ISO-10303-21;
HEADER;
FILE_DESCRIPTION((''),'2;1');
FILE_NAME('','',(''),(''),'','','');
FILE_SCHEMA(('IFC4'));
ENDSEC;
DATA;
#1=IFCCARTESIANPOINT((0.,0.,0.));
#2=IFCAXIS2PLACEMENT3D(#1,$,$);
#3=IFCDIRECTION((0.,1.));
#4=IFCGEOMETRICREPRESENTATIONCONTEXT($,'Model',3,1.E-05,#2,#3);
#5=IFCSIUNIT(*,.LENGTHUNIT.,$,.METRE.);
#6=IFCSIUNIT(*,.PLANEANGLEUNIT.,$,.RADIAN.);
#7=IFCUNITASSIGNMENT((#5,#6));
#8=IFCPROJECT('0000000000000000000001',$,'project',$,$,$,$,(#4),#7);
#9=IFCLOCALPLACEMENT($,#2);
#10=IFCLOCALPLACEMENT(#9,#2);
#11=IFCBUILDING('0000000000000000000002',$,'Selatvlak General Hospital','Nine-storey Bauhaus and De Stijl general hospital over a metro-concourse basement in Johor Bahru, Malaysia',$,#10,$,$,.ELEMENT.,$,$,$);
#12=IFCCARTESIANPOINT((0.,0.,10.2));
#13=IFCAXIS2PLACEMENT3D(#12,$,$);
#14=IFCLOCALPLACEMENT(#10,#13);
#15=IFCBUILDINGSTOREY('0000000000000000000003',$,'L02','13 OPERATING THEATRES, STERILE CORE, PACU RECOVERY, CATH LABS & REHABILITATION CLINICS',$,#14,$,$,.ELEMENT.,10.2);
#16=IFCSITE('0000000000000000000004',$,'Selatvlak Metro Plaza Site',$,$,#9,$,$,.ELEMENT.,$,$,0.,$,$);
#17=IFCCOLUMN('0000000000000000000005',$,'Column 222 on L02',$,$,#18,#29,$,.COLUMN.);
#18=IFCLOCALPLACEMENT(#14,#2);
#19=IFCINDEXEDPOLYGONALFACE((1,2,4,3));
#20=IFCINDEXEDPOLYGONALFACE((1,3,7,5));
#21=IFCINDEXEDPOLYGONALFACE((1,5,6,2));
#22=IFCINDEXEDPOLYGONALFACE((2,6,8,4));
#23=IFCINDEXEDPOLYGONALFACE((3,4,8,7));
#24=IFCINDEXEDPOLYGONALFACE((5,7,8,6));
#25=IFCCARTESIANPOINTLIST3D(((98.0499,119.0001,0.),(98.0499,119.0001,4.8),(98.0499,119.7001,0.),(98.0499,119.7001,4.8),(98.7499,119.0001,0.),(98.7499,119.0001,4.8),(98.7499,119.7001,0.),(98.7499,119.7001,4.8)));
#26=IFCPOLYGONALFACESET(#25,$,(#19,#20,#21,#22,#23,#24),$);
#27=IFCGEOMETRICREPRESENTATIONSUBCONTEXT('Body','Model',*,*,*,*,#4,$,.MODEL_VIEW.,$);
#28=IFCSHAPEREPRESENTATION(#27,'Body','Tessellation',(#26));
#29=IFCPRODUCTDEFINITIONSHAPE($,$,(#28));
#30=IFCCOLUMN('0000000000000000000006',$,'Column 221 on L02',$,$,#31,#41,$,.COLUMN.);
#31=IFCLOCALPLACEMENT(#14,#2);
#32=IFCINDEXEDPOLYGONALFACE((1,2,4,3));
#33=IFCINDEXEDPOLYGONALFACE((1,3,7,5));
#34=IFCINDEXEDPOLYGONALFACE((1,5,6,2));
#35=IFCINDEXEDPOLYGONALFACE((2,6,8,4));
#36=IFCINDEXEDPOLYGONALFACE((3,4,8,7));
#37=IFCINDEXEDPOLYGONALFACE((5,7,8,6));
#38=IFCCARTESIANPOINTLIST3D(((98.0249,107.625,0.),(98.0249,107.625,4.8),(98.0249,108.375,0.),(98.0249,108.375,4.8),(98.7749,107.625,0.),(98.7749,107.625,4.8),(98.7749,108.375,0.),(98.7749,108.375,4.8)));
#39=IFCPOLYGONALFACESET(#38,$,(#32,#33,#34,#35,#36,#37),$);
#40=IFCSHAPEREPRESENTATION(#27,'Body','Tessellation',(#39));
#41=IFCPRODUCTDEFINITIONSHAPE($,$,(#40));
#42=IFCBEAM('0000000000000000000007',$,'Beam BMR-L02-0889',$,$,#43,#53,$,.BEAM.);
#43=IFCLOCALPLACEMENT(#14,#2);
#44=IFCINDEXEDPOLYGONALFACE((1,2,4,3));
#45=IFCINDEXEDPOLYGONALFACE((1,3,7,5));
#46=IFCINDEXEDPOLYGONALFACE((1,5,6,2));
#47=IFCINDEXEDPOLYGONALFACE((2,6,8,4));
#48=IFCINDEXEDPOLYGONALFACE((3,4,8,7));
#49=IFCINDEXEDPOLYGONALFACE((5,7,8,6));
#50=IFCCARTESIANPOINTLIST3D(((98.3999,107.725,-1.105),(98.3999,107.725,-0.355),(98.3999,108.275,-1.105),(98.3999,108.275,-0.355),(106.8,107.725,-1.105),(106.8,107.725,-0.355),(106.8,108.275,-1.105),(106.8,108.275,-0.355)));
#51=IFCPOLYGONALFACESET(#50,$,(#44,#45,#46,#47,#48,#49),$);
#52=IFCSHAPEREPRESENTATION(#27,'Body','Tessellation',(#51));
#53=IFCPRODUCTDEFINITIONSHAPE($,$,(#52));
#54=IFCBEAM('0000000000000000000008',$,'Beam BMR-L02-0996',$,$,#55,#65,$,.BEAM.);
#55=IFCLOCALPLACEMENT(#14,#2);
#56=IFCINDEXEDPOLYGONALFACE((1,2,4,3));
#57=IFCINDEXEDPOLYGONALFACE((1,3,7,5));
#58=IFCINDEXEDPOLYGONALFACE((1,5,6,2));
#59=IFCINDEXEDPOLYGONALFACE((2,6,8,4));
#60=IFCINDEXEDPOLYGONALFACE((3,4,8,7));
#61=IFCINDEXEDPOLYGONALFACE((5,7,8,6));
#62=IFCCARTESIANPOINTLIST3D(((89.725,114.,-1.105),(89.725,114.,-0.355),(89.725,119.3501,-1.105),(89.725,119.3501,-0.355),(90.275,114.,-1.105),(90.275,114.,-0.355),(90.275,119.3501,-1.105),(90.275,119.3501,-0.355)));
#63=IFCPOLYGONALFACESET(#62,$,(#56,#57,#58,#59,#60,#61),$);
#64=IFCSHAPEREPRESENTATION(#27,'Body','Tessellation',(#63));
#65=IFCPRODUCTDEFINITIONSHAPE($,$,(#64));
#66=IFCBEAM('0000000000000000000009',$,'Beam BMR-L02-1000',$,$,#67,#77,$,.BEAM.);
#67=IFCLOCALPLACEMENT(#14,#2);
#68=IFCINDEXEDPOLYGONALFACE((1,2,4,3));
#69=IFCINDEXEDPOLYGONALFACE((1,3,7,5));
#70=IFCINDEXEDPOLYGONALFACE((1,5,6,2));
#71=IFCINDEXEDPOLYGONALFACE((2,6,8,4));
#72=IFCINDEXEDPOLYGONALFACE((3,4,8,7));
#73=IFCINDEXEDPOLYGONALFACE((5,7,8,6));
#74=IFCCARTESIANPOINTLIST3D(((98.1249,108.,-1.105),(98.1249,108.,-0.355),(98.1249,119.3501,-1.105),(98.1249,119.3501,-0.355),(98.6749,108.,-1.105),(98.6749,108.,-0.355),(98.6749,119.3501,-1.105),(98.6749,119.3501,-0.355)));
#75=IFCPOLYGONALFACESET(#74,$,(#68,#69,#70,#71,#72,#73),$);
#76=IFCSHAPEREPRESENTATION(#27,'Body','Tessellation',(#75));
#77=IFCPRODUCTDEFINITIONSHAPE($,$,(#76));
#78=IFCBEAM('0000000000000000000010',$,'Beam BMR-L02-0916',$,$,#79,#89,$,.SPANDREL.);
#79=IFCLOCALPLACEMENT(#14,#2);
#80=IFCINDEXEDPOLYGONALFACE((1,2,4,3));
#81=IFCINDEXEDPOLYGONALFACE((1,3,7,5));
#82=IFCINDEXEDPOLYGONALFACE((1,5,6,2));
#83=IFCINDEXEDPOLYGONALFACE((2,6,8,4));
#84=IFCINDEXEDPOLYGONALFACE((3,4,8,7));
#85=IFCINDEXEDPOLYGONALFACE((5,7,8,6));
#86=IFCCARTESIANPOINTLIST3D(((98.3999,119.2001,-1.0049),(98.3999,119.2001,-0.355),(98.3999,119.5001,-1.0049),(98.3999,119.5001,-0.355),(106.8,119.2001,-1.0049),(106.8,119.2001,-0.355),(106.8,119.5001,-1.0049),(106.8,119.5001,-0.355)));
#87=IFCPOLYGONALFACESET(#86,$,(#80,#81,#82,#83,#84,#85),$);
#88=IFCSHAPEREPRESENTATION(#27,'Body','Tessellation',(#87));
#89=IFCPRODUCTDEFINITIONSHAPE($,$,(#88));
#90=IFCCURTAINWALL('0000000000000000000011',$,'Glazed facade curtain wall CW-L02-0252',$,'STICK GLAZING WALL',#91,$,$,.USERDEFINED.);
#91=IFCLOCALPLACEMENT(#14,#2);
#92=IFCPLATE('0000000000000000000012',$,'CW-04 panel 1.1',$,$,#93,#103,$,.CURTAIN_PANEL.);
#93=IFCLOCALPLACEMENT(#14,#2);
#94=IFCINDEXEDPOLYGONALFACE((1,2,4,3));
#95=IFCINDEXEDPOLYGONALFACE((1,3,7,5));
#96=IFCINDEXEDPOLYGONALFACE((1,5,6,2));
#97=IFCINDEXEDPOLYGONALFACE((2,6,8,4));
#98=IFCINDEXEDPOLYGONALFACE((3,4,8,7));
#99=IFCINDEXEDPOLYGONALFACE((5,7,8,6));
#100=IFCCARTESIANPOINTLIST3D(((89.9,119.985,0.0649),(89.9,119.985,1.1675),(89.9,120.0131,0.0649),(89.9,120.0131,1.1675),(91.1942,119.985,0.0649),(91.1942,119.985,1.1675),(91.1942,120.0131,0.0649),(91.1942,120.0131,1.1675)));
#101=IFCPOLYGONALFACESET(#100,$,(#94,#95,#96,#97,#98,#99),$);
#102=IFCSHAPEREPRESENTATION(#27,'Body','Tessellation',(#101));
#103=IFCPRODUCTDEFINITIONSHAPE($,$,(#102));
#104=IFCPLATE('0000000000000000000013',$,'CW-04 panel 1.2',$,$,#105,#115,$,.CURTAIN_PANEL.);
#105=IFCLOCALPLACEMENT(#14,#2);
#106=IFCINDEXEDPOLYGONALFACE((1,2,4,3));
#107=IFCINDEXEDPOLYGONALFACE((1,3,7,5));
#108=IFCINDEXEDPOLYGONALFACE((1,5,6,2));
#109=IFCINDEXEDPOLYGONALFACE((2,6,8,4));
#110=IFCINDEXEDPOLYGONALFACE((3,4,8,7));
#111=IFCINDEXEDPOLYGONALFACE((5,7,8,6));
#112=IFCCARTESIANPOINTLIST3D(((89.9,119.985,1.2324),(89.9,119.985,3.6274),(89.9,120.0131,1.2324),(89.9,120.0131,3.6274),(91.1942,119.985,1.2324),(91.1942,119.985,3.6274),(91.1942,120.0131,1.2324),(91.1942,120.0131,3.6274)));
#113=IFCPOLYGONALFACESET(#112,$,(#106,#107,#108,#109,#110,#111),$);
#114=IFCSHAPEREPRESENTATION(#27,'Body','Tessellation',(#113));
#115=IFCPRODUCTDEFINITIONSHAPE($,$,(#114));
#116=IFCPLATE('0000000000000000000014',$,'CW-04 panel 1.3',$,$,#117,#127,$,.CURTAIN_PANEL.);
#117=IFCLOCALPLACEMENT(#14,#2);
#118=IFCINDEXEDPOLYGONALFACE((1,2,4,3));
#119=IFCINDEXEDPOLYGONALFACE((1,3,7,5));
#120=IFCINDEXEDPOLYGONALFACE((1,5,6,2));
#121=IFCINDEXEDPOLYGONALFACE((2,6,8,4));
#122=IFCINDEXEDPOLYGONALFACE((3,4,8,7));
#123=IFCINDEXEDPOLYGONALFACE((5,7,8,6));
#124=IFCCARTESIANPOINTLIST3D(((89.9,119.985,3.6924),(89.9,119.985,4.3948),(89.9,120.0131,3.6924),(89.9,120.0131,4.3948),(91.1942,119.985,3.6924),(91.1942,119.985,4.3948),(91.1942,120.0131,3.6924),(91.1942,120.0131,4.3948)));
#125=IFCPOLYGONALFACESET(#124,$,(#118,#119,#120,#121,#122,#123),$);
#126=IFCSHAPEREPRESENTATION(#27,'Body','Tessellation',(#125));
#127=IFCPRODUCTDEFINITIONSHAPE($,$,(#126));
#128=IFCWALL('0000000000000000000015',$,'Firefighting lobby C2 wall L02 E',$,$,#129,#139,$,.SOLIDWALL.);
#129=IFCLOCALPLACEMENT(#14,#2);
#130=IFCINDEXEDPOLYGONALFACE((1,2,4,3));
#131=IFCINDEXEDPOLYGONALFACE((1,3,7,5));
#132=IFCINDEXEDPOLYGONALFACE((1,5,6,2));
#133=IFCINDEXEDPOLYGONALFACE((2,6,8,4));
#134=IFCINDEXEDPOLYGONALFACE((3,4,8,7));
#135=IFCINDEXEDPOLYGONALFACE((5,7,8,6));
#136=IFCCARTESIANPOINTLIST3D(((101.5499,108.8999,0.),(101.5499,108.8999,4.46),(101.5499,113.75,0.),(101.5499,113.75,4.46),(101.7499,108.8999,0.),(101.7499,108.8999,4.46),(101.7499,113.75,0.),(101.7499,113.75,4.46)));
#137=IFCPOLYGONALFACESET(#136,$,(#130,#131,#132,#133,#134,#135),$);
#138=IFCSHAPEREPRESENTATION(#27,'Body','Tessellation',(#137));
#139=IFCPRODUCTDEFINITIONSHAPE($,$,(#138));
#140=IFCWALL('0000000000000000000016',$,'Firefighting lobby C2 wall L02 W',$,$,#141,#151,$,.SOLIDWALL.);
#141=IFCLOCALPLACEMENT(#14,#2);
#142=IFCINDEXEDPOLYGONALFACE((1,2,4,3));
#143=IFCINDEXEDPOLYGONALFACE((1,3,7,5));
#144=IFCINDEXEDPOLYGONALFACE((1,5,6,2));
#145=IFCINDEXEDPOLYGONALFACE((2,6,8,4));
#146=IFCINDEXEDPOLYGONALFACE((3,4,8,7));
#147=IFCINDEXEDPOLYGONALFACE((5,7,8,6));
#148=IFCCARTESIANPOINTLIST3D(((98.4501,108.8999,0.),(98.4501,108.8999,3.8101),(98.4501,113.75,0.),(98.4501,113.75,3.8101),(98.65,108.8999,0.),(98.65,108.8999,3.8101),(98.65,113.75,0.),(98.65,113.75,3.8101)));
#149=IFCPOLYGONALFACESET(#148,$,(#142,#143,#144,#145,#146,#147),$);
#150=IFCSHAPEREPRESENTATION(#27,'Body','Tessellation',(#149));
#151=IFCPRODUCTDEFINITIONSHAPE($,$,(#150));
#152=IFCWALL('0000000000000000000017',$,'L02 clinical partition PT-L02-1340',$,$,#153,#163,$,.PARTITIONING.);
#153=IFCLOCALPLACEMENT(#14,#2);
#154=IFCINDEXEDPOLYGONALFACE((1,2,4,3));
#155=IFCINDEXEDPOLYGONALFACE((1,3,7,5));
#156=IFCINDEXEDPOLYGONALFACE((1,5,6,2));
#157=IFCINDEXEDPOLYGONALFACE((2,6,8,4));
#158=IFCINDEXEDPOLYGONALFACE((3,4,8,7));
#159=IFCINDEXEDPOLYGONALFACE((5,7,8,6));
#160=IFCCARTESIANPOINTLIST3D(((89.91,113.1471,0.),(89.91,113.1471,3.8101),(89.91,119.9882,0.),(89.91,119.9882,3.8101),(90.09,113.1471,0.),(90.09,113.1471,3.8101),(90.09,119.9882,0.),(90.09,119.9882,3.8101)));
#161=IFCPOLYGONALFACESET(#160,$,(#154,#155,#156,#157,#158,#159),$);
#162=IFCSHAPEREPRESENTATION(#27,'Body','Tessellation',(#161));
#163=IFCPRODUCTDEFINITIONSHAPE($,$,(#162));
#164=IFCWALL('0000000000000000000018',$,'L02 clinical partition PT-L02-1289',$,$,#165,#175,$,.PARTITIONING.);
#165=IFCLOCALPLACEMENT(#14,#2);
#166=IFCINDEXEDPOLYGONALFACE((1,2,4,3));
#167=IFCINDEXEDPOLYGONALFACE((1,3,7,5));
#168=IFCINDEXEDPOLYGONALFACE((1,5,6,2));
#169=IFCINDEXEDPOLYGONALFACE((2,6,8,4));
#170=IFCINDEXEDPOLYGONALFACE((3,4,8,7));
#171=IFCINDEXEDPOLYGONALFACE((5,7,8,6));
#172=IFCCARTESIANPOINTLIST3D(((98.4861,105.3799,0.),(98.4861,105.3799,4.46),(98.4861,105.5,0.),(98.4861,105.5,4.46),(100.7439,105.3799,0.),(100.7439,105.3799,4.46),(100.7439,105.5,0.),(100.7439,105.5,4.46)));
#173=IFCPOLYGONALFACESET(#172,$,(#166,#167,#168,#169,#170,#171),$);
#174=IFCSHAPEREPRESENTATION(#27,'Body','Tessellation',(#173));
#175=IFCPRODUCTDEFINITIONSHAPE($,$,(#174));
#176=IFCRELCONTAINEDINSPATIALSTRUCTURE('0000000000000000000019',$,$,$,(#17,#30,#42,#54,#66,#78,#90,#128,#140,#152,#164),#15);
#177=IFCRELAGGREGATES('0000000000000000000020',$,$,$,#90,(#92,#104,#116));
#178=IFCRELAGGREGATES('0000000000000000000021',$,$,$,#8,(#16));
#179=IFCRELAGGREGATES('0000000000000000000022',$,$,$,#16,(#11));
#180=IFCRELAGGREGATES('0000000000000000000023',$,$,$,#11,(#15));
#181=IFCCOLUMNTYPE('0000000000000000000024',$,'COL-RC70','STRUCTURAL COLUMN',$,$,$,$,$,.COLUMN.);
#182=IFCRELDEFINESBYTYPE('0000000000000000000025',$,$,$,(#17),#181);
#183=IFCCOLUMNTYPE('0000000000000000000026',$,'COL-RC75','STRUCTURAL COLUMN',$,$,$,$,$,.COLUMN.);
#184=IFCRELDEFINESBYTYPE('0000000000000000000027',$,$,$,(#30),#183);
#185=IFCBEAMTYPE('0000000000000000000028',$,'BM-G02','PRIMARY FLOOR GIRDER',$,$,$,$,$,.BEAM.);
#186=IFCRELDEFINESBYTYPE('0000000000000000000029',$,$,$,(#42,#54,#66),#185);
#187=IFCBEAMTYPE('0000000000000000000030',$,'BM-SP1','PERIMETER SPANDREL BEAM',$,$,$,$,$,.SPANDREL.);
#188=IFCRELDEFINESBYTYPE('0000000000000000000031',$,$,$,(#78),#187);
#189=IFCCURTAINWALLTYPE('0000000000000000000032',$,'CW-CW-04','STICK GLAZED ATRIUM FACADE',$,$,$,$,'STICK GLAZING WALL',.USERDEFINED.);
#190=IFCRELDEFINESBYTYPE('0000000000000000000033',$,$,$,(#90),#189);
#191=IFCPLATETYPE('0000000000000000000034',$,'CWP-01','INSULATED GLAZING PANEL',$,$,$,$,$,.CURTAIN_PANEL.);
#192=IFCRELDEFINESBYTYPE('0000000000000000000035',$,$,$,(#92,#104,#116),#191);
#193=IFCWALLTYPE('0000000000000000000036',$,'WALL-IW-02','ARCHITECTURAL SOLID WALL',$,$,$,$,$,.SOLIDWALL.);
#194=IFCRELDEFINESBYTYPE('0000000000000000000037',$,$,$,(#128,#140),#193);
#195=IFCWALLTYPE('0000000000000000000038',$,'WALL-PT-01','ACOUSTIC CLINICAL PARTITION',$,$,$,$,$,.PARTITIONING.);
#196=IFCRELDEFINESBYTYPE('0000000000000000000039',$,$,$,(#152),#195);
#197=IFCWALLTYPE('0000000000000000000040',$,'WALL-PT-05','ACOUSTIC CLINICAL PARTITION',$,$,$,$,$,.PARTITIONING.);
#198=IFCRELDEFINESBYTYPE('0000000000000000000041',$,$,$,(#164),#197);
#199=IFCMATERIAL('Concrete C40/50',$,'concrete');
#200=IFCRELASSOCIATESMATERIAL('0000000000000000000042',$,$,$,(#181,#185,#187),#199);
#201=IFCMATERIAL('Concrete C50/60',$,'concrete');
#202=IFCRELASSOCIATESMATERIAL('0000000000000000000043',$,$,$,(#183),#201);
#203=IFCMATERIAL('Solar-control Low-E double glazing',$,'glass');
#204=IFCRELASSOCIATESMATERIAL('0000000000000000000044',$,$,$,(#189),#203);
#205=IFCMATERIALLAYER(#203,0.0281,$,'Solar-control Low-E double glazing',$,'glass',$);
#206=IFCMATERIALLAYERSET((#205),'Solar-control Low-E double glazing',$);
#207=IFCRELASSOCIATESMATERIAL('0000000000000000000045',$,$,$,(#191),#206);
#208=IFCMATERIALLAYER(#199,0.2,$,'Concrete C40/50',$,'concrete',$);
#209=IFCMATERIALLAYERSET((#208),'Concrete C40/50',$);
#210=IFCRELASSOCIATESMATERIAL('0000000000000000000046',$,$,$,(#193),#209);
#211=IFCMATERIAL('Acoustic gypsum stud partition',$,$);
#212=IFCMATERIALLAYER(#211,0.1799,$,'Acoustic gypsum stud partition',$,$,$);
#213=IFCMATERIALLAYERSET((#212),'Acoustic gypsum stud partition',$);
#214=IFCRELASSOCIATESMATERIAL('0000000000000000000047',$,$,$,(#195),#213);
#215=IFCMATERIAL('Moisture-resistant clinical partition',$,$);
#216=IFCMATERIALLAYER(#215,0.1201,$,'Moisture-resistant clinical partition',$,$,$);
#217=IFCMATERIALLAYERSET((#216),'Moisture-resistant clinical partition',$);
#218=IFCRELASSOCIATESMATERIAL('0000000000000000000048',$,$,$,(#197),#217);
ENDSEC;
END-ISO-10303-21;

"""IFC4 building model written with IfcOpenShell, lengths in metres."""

from ifc_helpers import new_model, si_unit, direction, frame, frame_2d, origin, origin_2d, place, context, subcontext, project, spatial, rectangle, extrude, material, layer, layer_set, material_profile, profile_set, type_object, element, aggregate, save


model = new_model("IFC4")

# Units and contexts
model_context = context("Model", 3, precision=1e-05, world=origin(), true_north=direction((0.0, 1.0)))
body_context = subcontext(model_context, "Body", "Model", "MODEL_VIEW")
ifc_project = project(units=[si_unit("LENGTHUNIT", "METRE"), si_unit("PLANEANGLEUNIT", "RADIAN")], contexts=[model_context])

# Site, building, storey
site_placement = place(None, origin())
site = spatial("IfcSite", under=ifc_project, at=site_placement, Name="Selatvlak Metro Plaza Site", CompositionType="ELEMENT", RefElevation=0.0)
building_placement = place(site_placement, origin())
building = spatial("IfcBuilding", under=site, at=building_placement, Name="Selatvlak General Hospital", Description="Nine-storey Bauhaus and De Stijl general hospital over a metro-concourse basement in Johor Bahru, Malaysia", CompositionType="ELEMENT")
storey_placement = place(building_placement, frame((0.0, 0.0, 10.2)))
storey = spatial("IfcBuildingStorey", under=building, at=storey_placement, Name="L02", Description="13 OPERATING THEATRES, STERILE CORE, PACU RECOVERY, CATH LABS & REHABILITATION CLINICS", CompositionType="ELEMENT", Elevation=10.2)

# Columns
ifc_material_1 = material(Name="Concrete C40/50", Category="concrete")
ifc_material_profile_1 = material_profile(ifc_material_1, rectangle(XDim=0.7, YDim=0.7, at=origin_2d()), Name="RC-COL 700x700")
ifc_profile_set_1 = profile_set([ifc_material_profile_1], Name="Concrete C40/50")
column_type_1 = type_object("IfcColumnType", Name="COL-RC70", Description="STRUCTURAL COLUMN", PredefinedType="COLUMN", material=ifc_profile_set_1)
column_1_placement = place(storey_placement, frame((98.3999, 119.3501, 0.0), z_axis=(0.0, 0.0, 1.0), x_axis=(1.0, 0.0, 0.0)))
element("IfcColumn", 1, at=column_1_placement, inside=storey, type_object=column_type_1, Name="Column 222 on L02", PredefinedType="COLUMN", context=body_context, shape_type="SweptSolid", body=[
    extrude(rectangle(XDim=0.7, YDim=0.7, at=origin_2d()), origin(), (0.0, 0.0, 1.0), 4.8),
])
ifc_material_2 = material(Name="Concrete C50/60", Category="concrete")
ifc_material_profile_2 = material_profile(ifc_material_2, rectangle(XDim=0.75, YDim=0.75, at=origin_2d()), Name="RC-COL 750x750")
ifc_profile_set_2 = profile_set([ifc_material_profile_2], Name="Concrete C50/60")
column_type_2 = type_object("IfcColumnType", Name="COL-RC75", Description="STRUCTURAL COLUMN", PredefinedType="COLUMN", material=ifc_profile_set_2)
column_2_placement = place(storey_placement, frame((98.3999, 108.0, 0.0), z_axis=(0.0, 0.0, 1.0), x_axis=(1.0, 0.0, 0.0)))
element("IfcColumn", 2, at=column_2_placement, inside=storey, type_object=column_type_2, Name="Column 221 on L02", PredefinedType="COLUMN", context=body_context, shape_type="SweptSolid", body=[
    extrude(rectangle(XDim=0.75, YDim=0.75, at=origin_2d()), origin(), (0.0, 0.0, 1.0), 4.8),
])

# Beams
ifc_material_profile_3 = material_profile(ifc_material_1, rectangle(XDim=0.55, YDim=0.75, at=origin_2d()), Name="RC-BM 550x750")
ifc_profile_set_3 = profile_set([ifc_material_profile_3], Name="Concrete C40/50")
beam_type_1 = type_object("IfcBeamType", Name="BM-G02", Description="PRIMARY FLOOR GIRDER", PredefinedType="BEAM", material=ifc_profile_set_3)
beam_1_placement = place(storey_placement, frame((98.3999, 108.0, -0.73), z_axis=(1.0, 0.0, 0.0), x_axis=(0.0, 1.0, 0.0)))
element("IfcBeam", 3, at=beam_1_placement, inside=storey, type_object=beam_type_1, Name="Beam BMR-L02-0889", PredefinedType="BEAM", context=body_context, shape_type="SweptSolid", body=[
    extrude(rectangle(XDim=0.55, YDim=0.75, at=origin_2d()), origin(), (0.0, 0.0, 1.0), 8.4001),
])
beam_2_placement = place(storey_placement, frame((90.0, 114.0, -0.73), z_axis=(0.0, 1.0, 0.0), x_axis=(-1.0, 0.0, 0.0)))
element("IfcBeam", 4, at=beam_2_placement, inside=storey, type_object=beam_type_1, Name="Beam BMR-L02-0996", PredefinedType="BEAM", context=body_context, shape_type="SweptSolid", body=[
    extrude(rectangle(XDim=0.55, YDim=0.75, at=origin_2d()), origin(), (0.0, 0.0, 1.0), 5.3501),
])
beam_3_placement = place(storey_placement, frame((98.3999, 108.0, -0.73), z_axis=(0.0, 1.0, 0.0), x_axis=(-1.0, 0.0, 0.0)))
element("IfcBeam", 5, at=beam_3_placement, inside=storey, type_object=beam_type_1, Name="Beam BMR-L02-1000", PredefinedType="BEAM", context=body_context, shape_type="SweptSolid", body=[
    extrude(rectangle(XDim=0.55, YDim=0.75, at=origin_2d()), origin(), (0.0, 0.0, 1.0), 11.3501),
])
ifc_material_profile_4 = material_profile(ifc_material_1, rectangle(XDim=0.3, YDim=0.6499, at=origin_2d()), Name="RC-SP 300x650")
ifc_profile_set_4 = profile_set([ifc_material_profile_4], Name="Concrete C40/50")
beam_type_2 = type_object("IfcBeamType", Name="BM-SP1", Description="PERIMETER SPANDREL BEAM", PredefinedType="SPANDREL", material=ifc_profile_set_4)
beam_4_placement = place(storey_placement, frame((98.3999, 119.3501, -0.6799), z_axis=(1.0, 0.0, 0.0), x_axis=(0.0, 1.0, 0.0)))
element("IfcBeam", 6, at=beam_4_placement, inside=storey, type_object=beam_type_2, Name="Beam BMR-L02-0916", PredefinedType="SPANDREL", context=body_context, shape_type="SweptSolid", body=[
    extrude(rectangle(XDim=0.3, YDim=0.6499, at=origin_2d()), origin(), (0.0, 0.0, 1.0), 8.4001),
])

# Curtain wall, plates
ifc_material_3 = material(Name="Solar-control Low-E double glazing", Category="glass")
curtain_wall_type = type_object("IfcCurtainWallType", Name="CW-CW-04", Description="STICK GLAZED ATRIUM FACADE", ElementType="STICK GLAZING WALL", PredefinedType="USERDEFINED", material=ifc_material_3)
curtain_wall_placement = place(storey_placement, origin())
curtain_wall = element("IfcCurtainWall", 7, at=curtain_wall_placement, inside=storey, type_object=curtain_wall_type, Name="Glazed facade curtain wall CW-L02-0252", ObjectType="STICK GLAZING WALL", PredefinedType="USERDEFINED")
ifc_layer_1 = layer(ifc_material_3, 0.0281, Name="Solar-control Low-E double glazing", Category="glass")
ifc_layer_set_1 = layer_set([ifc_layer_1], Name="Solar-control Low-E double glazing")
plate_type = type_object("IfcPlateType", Name="CWP-01", Description="INSULATED GLAZING PANEL", PredefinedType="CURTAIN_PANEL", material=ifc_layer_set_1)
plate_1_placement = place(storey_placement, frame((90.5471, 119.999, 0.0649), z_axis=(0.0, 0.0, 1.0), x_axis=(1.0, 0.0, 0.0)))
plate_1 = element("IfcPlate", 8, at=plate_1_placement, type_object=plate_type, Name="CW-04 panel 1.1", PredefinedType="CURTAIN_PANEL", context=body_context, shape_type="SweptSolid", body=[
    extrude(rectangle(XDim=1.2942, YDim=0.0281, at=origin_2d()), origin(), (0.0, 0.0, 1.0), 1.1025),
])
plate_2_placement = place(storey_placement, frame((90.5471, 119.999, 1.2324), z_axis=(0.0, 0.0, 1.0), x_axis=(1.0, 0.0, 0.0)))
plate_2 = element("IfcPlate", 9, at=plate_2_placement, type_object=plate_type, Name="CW-04 panel 1.2", PredefinedType="CURTAIN_PANEL", context=body_context, shape_type="SweptSolid", body=[
    extrude(rectangle(XDim=1.2942, YDim=0.0281, at=origin_2d()), origin(), (0.0, 0.0, 1.0), 2.395),
])
plate_3_placement = place(storey_placement, frame((90.5471, 119.999, 3.6924), z_axis=(0.0, 0.0, 1.0), x_axis=(1.0, 0.0, 0.0)))
plate_3 = element("IfcPlate", 10, at=plate_3_placement, type_object=plate_type, Name="CW-04 panel 1.3", PredefinedType="CURTAIN_PANEL", context=body_context, shape_type="SweptSolid", body=[
    extrude(rectangle(XDim=1.2942, YDim=0.0281, at=origin_2d()), origin(), (0.0, 0.0, 1.0), 0.7024),
])
aggregate(curtain_wall, [plate_1, plate_2, plate_3])

# Shared definitions
ifc_layer_2 = layer(ifc_material_1, 0.2, Name="Concrete C40/50", Category="concrete")
ifc_layer_set_2 = layer_set([ifc_layer_2], Name="Concrete C40/50")
wall_type_1 = type_object("IfcWallType", Name="WALL-IW-02", Description="ARCHITECTURAL SOLID WALL", PredefinedType="SOLIDWALL", material=ifc_layer_set_2)

# Walls
wall_1_placement = place(storey_placement, frame((101.6499, 108.8999, 0.0), z_axis=(0.0, 0.0, 1.0), x_axis=(0.0, 1.0, 0.0)))
element("IfcWall", 11, at=wall_1_placement, inside=storey, type_object=wall_type_1, Name="Firefighting lobby C2 wall L02 E", PredefinedType="SOLIDWALL", context=body_context, shape_type="SweptSolid", body=[
    extrude(rectangle(XDim=4.8501, YDim=0.2, at=frame_2d((2.425, 0.0))), origin(), (0.0, 0.0, 1.0), 4.46),
])
wall_2_placement = place(storey_placement, frame((98.55, 113.75, 0.0), z_axis=(0.0, 0.0, 1.0), x_axis=(0.0, -1.0, 0.0)))
element("IfcWall", 12, at=wall_2_placement, inside=storey, type_object=wall_type_1, Name="Firefighting lobby C2 wall L02 W", PredefinedType="SOLIDWALL", context=body_context, shape_type="SweptSolid", body=[
    extrude(rectangle(XDim=4.8501, YDim=0.2, at=frame_2d((2.425, 0.0))), origin(), (0.0, 0.0, 1.0), 3.8101),
])
ifc_material_4 = material(Name="Acoustic gypsum stud partition")
ifc_layer_3 = layer(ifc_material_4, 0.1799, Name="Acoustic gypsum stud partition")
ifc_layer_set_3 = layer_set([ifc_layer_3], Name="Acoustic gypsum stud partition")
wall_type_2 = type_object("IfcWallType", Name="WALL-PT-01", Description="ACOUSTIC CLINICAL PARTITION", PredefinedType="PARTITIONING", material=ifc_layer_set_3)
wall_3_placement = place(storey_placement, frame((90.0, 119.988, 0.0), z_axis=(0.0, 0.0, 1.0), x_axis=(0.0, -1.0, 0.0)))
element("IfcWall", 13, at=wall_3_placement, inside=storey, type_object=wall_type_2, Name="L02 clinical partition PT-L02-1340", PredefinedType="PARTITIONING", context=body_context, shape_type="SweptSolid", body=[
    extrude(rectangle(XDim=6.8411, YDim=0.1799, at=frame_2d((3.4204, 0.0))), origin(), (0.0, 0.0, 1.0), 3.8101),
])
ifc_material_5 = material(Name="Moisture-resistant clinical partition")
ifc_layer_4 = layer(ifc_material_5, 0.1201, Name="Moisture-resistant clinical partition")
ifc_layer_set_4 = layer_set([ifc_layer_4], Name="Moisture-resistant clinical partition")
wall_type_3 = type_object("IfcWallType", Name="WALL-PT-05", Description="ACOUSTIC CLINICAL PARTITION", PredefinedType="PARTITIONING", material=ifc_layer_set_4)
wall_4_placement = place(storey_placement, frame((98.4861, 105.4399, 0.0), z_axis=(0.0, 0.0, 1.0), x_axis=(1.0, 0.0, 0.0)))
element("IfcWall", 14, at=wall_4_placement, inside=storey, type_object=wall_type_3, Name="L02 clinical partition PT-L02-1289", PredefinedType="PARTITIONING", context=body_context, shape_type="SweptSolid", body=[
    extrude(rectangle(XDim=2.2578, YDim=0.1201, at=frame_2d((1.1289, 0.0))), origin(), (0.0, 0.0, 1.0), 4.46),
])

save(model, "model.ifc")
